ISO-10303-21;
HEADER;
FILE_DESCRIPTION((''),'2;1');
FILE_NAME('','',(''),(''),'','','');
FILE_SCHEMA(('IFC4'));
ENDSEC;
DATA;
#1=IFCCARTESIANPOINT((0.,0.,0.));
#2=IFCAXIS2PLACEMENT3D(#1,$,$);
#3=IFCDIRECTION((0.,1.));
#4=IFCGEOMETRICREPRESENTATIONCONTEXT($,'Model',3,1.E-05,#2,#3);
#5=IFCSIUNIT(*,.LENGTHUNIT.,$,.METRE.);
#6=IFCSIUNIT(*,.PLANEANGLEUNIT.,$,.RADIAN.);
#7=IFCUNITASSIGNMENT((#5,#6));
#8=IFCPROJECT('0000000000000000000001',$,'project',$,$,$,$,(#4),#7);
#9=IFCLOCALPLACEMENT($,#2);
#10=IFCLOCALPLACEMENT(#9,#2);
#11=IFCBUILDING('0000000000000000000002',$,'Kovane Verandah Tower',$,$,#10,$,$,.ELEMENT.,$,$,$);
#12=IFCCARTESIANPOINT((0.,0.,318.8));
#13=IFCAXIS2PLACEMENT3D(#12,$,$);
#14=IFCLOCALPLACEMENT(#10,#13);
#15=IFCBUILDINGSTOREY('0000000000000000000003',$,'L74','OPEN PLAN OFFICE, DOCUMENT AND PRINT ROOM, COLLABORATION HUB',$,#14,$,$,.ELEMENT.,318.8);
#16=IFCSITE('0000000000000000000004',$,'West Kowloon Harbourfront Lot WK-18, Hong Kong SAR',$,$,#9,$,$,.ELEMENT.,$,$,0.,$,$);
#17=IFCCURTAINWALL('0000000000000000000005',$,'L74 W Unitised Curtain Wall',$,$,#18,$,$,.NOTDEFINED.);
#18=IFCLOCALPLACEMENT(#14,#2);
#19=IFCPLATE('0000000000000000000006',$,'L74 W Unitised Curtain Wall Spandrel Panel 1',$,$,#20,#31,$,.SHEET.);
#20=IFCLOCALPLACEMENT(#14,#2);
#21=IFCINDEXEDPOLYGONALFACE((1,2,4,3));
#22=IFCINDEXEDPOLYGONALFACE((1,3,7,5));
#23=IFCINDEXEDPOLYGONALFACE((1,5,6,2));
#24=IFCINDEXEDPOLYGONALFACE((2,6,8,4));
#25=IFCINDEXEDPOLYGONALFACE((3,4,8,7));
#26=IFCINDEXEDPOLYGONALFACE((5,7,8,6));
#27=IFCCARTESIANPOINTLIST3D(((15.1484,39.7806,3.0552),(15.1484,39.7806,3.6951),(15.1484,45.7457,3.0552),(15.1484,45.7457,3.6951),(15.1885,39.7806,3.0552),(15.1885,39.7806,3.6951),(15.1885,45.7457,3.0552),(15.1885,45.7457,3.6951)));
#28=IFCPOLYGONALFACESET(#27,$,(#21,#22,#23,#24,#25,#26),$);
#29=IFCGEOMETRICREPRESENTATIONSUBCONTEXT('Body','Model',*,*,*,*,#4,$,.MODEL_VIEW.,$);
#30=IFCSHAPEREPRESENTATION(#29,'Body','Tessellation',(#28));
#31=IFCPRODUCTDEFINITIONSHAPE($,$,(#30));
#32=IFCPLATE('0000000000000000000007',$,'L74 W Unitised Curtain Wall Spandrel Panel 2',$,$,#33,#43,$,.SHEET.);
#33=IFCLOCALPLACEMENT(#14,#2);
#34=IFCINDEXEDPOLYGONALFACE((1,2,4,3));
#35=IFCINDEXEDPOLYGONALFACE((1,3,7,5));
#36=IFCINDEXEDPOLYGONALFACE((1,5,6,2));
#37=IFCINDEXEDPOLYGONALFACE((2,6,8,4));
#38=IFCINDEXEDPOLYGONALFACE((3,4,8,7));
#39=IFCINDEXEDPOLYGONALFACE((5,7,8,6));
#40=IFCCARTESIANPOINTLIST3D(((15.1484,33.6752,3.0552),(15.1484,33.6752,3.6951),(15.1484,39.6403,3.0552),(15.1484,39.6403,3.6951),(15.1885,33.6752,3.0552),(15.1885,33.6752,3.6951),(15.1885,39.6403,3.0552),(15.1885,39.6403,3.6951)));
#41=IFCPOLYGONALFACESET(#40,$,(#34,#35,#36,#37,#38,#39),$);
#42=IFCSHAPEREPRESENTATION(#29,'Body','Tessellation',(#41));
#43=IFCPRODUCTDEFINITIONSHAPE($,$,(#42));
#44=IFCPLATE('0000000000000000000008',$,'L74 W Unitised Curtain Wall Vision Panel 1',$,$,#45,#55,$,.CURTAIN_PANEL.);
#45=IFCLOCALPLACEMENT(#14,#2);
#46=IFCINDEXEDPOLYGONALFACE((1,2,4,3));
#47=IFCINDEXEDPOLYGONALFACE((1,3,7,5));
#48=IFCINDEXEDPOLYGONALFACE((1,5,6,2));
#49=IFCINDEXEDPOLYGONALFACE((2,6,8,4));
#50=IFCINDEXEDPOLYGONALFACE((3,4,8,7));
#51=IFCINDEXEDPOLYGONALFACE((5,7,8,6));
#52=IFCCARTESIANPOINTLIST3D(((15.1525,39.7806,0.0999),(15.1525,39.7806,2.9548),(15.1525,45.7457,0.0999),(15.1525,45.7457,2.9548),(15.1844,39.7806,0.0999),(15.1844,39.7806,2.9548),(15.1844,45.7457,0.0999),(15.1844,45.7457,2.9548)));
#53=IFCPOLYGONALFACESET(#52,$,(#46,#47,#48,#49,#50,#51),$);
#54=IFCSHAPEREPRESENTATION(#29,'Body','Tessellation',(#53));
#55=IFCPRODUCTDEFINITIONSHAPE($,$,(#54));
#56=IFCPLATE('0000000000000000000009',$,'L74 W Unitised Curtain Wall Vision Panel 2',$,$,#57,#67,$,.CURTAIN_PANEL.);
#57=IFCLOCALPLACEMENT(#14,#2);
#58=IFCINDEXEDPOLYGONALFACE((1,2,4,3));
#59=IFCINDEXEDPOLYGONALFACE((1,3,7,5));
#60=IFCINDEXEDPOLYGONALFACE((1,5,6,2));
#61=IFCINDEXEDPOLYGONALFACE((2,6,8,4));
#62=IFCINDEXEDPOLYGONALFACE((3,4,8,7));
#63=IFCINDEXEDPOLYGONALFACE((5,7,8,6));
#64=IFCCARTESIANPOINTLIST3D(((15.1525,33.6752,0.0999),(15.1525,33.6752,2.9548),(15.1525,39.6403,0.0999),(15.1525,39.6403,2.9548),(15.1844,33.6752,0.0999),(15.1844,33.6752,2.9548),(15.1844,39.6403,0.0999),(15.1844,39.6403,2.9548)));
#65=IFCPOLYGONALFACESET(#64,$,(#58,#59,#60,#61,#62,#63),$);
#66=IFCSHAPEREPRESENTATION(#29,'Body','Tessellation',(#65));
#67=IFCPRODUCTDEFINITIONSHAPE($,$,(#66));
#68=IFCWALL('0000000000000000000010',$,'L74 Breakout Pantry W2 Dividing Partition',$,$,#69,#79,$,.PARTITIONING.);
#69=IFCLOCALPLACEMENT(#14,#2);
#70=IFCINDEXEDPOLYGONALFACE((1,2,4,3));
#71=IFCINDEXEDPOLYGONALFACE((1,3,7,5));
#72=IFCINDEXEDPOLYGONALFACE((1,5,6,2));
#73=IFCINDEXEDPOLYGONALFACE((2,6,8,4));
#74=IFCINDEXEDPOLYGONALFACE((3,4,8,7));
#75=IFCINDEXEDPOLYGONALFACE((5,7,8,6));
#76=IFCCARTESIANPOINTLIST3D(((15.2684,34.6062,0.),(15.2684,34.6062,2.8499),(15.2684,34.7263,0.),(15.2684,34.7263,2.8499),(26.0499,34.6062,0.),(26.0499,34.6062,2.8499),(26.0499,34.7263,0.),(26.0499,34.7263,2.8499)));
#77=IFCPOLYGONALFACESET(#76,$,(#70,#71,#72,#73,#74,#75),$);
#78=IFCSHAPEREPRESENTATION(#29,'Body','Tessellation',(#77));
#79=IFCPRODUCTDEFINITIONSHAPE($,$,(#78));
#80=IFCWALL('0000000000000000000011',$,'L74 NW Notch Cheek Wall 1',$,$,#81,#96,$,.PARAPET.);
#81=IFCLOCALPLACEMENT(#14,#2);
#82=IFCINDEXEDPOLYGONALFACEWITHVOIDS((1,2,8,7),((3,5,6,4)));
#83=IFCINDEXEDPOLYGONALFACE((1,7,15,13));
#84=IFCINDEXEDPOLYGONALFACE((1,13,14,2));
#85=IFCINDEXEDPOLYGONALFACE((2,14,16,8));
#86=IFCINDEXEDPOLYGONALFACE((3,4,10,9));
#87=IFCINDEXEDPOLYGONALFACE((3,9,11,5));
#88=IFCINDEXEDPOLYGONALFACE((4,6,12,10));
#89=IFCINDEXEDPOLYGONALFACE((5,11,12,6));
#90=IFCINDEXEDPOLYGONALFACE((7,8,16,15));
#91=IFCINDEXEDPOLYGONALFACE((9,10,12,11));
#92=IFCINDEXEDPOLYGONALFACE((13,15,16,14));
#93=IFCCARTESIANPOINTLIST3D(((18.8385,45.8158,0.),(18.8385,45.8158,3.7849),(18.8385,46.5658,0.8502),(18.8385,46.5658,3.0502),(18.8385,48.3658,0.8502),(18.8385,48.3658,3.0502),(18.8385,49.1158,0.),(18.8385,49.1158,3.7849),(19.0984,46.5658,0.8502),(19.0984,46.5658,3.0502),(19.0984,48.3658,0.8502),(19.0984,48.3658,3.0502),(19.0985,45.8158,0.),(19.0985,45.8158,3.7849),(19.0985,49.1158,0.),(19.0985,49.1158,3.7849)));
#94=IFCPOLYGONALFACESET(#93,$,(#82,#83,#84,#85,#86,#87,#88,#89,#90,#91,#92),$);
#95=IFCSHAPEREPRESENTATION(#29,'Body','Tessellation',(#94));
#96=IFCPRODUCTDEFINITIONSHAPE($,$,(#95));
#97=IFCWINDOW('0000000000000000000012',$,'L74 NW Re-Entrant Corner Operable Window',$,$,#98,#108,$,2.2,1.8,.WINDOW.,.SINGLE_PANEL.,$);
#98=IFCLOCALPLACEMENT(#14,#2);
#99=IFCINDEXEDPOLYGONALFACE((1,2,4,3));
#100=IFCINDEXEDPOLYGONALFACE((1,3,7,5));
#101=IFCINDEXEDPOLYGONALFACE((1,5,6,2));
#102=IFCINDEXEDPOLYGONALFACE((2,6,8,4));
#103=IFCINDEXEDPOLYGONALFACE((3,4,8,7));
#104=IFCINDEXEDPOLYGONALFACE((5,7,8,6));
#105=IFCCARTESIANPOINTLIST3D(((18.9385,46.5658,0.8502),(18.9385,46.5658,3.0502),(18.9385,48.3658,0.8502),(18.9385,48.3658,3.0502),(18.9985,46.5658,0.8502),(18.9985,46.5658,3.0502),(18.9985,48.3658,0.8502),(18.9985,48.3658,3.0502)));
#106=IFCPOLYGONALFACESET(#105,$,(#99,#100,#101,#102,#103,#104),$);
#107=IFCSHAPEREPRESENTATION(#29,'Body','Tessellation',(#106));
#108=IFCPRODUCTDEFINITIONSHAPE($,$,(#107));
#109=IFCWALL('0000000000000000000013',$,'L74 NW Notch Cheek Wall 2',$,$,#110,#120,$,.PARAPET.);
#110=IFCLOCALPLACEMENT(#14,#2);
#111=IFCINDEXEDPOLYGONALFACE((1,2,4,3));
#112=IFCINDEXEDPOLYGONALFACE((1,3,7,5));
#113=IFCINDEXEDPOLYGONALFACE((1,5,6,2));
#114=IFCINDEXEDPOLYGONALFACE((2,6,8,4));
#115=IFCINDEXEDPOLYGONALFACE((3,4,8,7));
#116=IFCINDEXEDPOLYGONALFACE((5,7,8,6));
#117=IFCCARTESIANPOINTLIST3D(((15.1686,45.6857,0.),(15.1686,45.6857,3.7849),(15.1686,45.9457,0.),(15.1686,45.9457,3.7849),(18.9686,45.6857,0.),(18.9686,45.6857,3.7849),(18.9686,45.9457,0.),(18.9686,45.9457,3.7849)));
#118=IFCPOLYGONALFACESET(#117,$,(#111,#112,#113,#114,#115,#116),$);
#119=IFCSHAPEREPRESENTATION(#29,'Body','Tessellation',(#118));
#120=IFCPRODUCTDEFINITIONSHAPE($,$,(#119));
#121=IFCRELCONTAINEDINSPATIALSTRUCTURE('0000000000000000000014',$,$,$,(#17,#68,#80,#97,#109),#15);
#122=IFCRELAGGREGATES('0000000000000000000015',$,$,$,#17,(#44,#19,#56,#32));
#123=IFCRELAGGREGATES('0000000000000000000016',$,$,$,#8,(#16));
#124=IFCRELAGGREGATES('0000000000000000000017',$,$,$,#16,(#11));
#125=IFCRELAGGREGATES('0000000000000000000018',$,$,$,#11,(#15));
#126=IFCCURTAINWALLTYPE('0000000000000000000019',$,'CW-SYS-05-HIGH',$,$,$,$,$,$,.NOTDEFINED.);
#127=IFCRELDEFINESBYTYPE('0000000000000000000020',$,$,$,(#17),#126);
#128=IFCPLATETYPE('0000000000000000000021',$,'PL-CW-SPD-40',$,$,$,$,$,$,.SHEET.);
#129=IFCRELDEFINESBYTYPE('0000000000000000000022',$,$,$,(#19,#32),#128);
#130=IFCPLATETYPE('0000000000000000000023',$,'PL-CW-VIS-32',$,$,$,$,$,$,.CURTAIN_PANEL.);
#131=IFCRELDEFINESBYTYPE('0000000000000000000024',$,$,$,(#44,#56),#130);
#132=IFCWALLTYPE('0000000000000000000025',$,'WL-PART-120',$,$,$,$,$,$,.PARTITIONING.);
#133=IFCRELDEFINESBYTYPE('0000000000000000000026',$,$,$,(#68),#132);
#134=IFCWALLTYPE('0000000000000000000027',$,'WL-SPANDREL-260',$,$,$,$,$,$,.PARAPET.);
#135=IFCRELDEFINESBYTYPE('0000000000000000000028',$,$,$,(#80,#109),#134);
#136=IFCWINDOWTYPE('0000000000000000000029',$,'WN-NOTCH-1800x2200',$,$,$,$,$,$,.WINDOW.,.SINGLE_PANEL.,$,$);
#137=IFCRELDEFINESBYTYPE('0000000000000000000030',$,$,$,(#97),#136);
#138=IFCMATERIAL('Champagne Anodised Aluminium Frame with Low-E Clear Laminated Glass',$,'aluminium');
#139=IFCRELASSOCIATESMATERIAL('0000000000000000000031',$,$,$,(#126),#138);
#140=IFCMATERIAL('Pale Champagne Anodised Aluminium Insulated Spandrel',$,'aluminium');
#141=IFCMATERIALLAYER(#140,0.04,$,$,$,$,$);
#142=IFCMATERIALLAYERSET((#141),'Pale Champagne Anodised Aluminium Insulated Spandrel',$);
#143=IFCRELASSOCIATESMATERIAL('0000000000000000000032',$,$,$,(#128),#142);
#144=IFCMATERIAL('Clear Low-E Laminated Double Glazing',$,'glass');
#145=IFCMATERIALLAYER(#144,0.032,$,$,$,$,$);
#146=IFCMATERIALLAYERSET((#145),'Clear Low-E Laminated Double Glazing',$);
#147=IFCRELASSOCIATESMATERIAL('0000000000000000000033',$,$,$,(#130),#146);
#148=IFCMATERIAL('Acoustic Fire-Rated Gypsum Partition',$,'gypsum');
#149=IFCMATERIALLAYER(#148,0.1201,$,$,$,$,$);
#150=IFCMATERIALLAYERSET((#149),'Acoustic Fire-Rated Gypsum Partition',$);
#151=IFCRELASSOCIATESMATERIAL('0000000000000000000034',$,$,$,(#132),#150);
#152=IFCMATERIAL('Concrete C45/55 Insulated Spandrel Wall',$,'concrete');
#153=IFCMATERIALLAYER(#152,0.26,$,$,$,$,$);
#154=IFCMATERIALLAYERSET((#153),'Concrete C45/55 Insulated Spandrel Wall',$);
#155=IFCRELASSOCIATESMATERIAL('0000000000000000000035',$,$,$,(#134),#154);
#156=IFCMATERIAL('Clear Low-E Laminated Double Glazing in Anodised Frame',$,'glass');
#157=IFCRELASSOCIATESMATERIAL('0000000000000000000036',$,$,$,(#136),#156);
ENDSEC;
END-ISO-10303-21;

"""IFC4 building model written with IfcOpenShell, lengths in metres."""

from ifc_helpers import new_model, si_unit, direction, frame, frame_2d, origin, origin_2d, place, context, subcontext, project, spatial, rectangle, extrude, material, layer, layer_set, type_object, element, fill, aggregate, save


model = new_model("IFC4")

# Units and contexts
model_context = context("Model", 3, precision=1e-05, world=origin(), true_north=direction((0.0, 1.0)))
body_context = subcontext(model_context, "Body", "Model", "MODEL_VIEW")
ifc_project = project(units=[si_unit("LENGTHUNIT", "METRE"), si_unit("PLANEANGLEUNIT", "RADIAN")], contexts=[model_context])

# Site, building, storey
site_placement = place(None, origin())
site = spatial("IfcSite", under=ifc_project, at=site_placement, Name="West Kowloon Harbourfront Lot WK-18, Hong Kong SAR", CompositionType="ELEMENT", RefElevation=0.0)
building_placement = place(site_placement, origin())
building = spatial("IfcBuilding", under=site, at=building_placement, Name="Kovane Verandah Tower", CompositionType="ELEMENT")
storey_placement = place(building_placement, frame((0.0, 0.0, 318.8)))
storey = spatial("IfcBuildingStorey", under=building, at=storey_placement, Name="L74", Description="OPEN PLAN OFFICE, DOCUMENT AND PRINT ROOM, COLLABORATION HUB", CompositionType="ELEMENT", Elevation=318.8)

# Curtain wall, plates
ifc_material_1 = material(Name="Champagne Anodised Aluminium Frame with Low-E Clear Laminated Glass", Category="aluminium")
curtain_wall_type = type_object("IfcCurtainWallType", Name="CW-SYS-05-HIGH", PredefinedType="NOTDEFINED", material=ifc_material_1)
curtain_wall_placement = place(storey_placement, origin())
curtain_wall = element("IfcCurtainWall", 1, at=curtain_wall_placement, inside=storey, type_object=curtain_wall_type, Name="L74 W Unitised Curtain Wall", PredefinedType="NOTDEFINED")
ifc_material_2 = material(Name="Pale Champagne Anodised Aluminium Insulated Spandrel", Category="aluminium")
ifc_layer_1 = layer(ifc_material_2, 0.04)
ifc_layer_set_1 = layer_set([ifc_layer_1], Name="Pale Champagne Anodised Aluminium Insulated Spandrel")
plate_type_1 = type_object("IfcPlateType", Name="PL-CW-SPD-40", PredefinedType="SHEET", material=ifc_layer_set_1)
plate_1_placement = place(storey_placement, frame((15.1685, 42.7632, 3.0552), z_axis=(0.0, 0.0, 1.0), x_axis=(0.0, -1.0, 0.0)))
plate_1 = element("IfcPlate", 2, at=plate_1_placement, type_object=plate_type_1, Name="L74 W Unitised Curtain Wall Spandrel Panel 1", PredefinedType="SHEET", context=body_context, shape_type="SweptSolid", body=[
    extrude(rectangle(XDim=5.9651, YDim=0.04, at=origin_2d()), origin(), (0.0, 0.0, 1.0), 0.6399),
])
plate_2_placement = place(storey_placement, frame((15.1685, 36.6577, 3.0552), z_axis=(0.0, 0.0, 1.0), x_axis=(0.0, -1.0, 0.0)))
plate_2 = element("IfcPlate", 3, at=plate_2_placement, type_object=plate_type_1, Name="L74 W Unitised Curtain Wall Spandrel Panel 2", PredefinedType="SHEET", context=body_context, shape_type="SweptSolid", body=[
    extrude(rectangle(XDim=5.9651, YDim=0.04, at=origin_2d()), origin(), (0.0, 0.0, 1.0), 0.6399),
])
ifc_material_3 = material(Name="Clear Low-E Laminated Double Glazing", Category="glass")
ifc_layer_2 = layer(ifc_material_3, 0.032)
ifc_layer_set_2 = layer_set([ifc_layer_2], Name="Clear Low-E Laminated Double Glazing")
plate_type_2 = type_object("IfcPlateType", Name="PL-CW-VIS-32", PredefinedType="CURTAIN_PANEL", material=ifc_layer_set_2)
plate_3_placement = place(storey_placement, frame((15.1685, 42.7632, 0.0999), z_axis=(0.0, 0.0, 1.0), x_axis=(0.0, -1.0, 0.0)))
plate_3 = element("IfcPlate", 4, at=plate_3_placement, type_object=plate_type_2, Name="L74 W Unitised Curtain Wall Vision Panel 1", PredefinedType="CURTAIN_PANEL", context=body_context, shape_type="SweptSolid", body=[
    extrude(rectangle(XDim=5.9651, YDim=0.032, at=origin_2d()), origin(), (0.0, 0.0, 1.0), 2.855),
])
plate_4_placement = place(storey_placement, frame((15.1685, 36.6577, 0.0999), z_axis=(0.0, 0.0, 1.0), x_axis=(0.0, -1.0, 0.0)))
plate_4 = element("IfcPlate", 5, at=plate_4_placement, type_object=plate_type_2, Name="L74 W Unitised Curtain Wall Vision Panel 2", PredefinedType="CURTAIN_PANEL", context=body_context, shape_type="SweptSolid", body=[
    extrude(rectangle(XDim=5.9651, YDim=0.032, at=origin_2d()), origin(), (0.0, 0.0, 1.0), 2.855),
])
aggregate(curtain_wall, [plate_3, plate_1, plate_4, plate_2])

# Wall
ifc_material_4 = material(Name="Acoustic Fire-Rated Gypsum Partition", Category="gypsum")
ifc_layer_3 = layer(ifc_material_4, 0.1201)
ifc_layer_set_3 = layer_set([ifc_layer_3], Name="Acoustic Fire-Rated Gypsum Partition")
wall_type_1 = type_object("IfcWallType", Name="WL-PART-120", PredefinedType="PARTITIONING", material=ifc_layer_set_3)
wall_1_placement = place(storey_placement, frame((15.2686, 34.6663, 0.0), z_axis=(0.0, 0.0, 1.0), x_axis=(1.0, 0.0, 0.0)))
element("IfcWall", 6, at=wall_1_placement, inside=storey, type_object=wall_type_1, Name="L74 Breakout Pantry W2 Dividing Partition", PredefinedType="PARTITIONING", context=body_context, shape_type="SweptSolid", body=[
    extrude(rectangle(XDim=10.7815, YDim=0.1201, at=frame_2d((5.3906, 0.0))), origin(), (0.0, 0.0, 1.0), 2.8499),
])

# Wall, opening, window
ifc_material_5 = material(Name="Concrete C45/55 Insulated Spandrel Wall", Category="concrete")
ifc_layer_4 = layer(ifc_material_5, 0.26)
ifc_layer_set_4 = layer_set([ifc_layer_4], Name="Concrete C45/55 Insulated Spandrel Wall")
wall_type_2 = type_object("IfcWallType", Name="WL-SPANDREL-260", PredefinedType="PARAPET", material=ifc_layer_set_4)
wall_2_placement = place(storey_placement, frame((18.9685, 49.1157, 0.0), z_axis=(0.0, 0.0, 1.0), x_axis=(0.0, -1.0, 0.0)))
wall_2 = element("IfcWall", 7, at=wall_2_placement, inside=storey, type_object=wall_type_2, Name="L74 NW Notch Cheek Wall 1", PredefinedType="PARAPET", context=body_context, shape_type="SweptSolid", body=[
    extrude(rectangle(XDim=3.3, YDim=0.26, at=frame_2d((1.6499, 0.0))), origin(), (0.0, 0.0, 1.0), 3.7849),
])
opening_placement = place(wall_2_placement, frame((0.75, 0.0, 0.8501)))
opening = element("IfcOpeningElement", 8, at=opening_placement, cuts=wall_2, PredefinedType="OPENING", context=body_context, shape_type="SweptSolid", body=[
    extrude(rectangle(XDim=1.8, YDim=2.2, at=frame_2d((0.8999, 1.1001))), frame((0.0, 0.1299, 0.0), z_axis=(0.0, -1.0, 0.0), x_axis=(1.0, 0.0, 0.0)), (0.0, 0.0, 1.0), 0.26),
])
ifc_material_6 = material(Name="Clear Low-E Laminated Double Glazing in Anodised Frame", Category="glass")
window_type = type_object("IfcWindowType", Name="WN-NOTCH-1800x2200", PartitioningType="SINGLE_PANEL", PredefinedType="WINDOW", material=ifc_material_6)
window_placement = place(opening_placement, origin())
window = element("IfcWindow", 9, at=window_placement, inside=storey, type_object=window_type, Name="L74 NW Re-Entrant Corner Operable Window", OverallHeight=2.2, OverallWidth=1.8, PartitioningType="SINGLE_PANEL", PredefinedType="WINDOW", context=body_context, shape_type="SweptSolid", body=[
    extrude(rectangle(XDim=1.8, YDim=2.2, at=frame_2d((0.8999, 1.1001))), frame((0.0, 0.03, 0.0), z_axis=(0.0, -1.0, 0.0), x_axis=(1.0, 0.0, 0.0)), (0.0, 0.0, 1.0), 0.0601),
])
fill(opening, window)

# Wall
wall_3_placement = place(storey_placement, frame((18.9685, 45.8157, 0.0), z_axis=(0.0, 0.0, 1.0), x_axis=(-1.0, 0.0, 0.0)))
element("IfcWall", 10, at=wall_3_placement, inside=storey, type_object=wall_type_2, Name="L74 NW Notch Cheek Wall 2", PredefinedType="PARAPET", context=body_context, shape_type="SweptSolid", body=[
    extrude(rectangle(XDim=3.8, YDim=0.26, at=frame_2d((1.8999, 0.0))), origin(), (0.0, 0.0, 1.0), 3.7849),
])

save(model, "model.ifc")
